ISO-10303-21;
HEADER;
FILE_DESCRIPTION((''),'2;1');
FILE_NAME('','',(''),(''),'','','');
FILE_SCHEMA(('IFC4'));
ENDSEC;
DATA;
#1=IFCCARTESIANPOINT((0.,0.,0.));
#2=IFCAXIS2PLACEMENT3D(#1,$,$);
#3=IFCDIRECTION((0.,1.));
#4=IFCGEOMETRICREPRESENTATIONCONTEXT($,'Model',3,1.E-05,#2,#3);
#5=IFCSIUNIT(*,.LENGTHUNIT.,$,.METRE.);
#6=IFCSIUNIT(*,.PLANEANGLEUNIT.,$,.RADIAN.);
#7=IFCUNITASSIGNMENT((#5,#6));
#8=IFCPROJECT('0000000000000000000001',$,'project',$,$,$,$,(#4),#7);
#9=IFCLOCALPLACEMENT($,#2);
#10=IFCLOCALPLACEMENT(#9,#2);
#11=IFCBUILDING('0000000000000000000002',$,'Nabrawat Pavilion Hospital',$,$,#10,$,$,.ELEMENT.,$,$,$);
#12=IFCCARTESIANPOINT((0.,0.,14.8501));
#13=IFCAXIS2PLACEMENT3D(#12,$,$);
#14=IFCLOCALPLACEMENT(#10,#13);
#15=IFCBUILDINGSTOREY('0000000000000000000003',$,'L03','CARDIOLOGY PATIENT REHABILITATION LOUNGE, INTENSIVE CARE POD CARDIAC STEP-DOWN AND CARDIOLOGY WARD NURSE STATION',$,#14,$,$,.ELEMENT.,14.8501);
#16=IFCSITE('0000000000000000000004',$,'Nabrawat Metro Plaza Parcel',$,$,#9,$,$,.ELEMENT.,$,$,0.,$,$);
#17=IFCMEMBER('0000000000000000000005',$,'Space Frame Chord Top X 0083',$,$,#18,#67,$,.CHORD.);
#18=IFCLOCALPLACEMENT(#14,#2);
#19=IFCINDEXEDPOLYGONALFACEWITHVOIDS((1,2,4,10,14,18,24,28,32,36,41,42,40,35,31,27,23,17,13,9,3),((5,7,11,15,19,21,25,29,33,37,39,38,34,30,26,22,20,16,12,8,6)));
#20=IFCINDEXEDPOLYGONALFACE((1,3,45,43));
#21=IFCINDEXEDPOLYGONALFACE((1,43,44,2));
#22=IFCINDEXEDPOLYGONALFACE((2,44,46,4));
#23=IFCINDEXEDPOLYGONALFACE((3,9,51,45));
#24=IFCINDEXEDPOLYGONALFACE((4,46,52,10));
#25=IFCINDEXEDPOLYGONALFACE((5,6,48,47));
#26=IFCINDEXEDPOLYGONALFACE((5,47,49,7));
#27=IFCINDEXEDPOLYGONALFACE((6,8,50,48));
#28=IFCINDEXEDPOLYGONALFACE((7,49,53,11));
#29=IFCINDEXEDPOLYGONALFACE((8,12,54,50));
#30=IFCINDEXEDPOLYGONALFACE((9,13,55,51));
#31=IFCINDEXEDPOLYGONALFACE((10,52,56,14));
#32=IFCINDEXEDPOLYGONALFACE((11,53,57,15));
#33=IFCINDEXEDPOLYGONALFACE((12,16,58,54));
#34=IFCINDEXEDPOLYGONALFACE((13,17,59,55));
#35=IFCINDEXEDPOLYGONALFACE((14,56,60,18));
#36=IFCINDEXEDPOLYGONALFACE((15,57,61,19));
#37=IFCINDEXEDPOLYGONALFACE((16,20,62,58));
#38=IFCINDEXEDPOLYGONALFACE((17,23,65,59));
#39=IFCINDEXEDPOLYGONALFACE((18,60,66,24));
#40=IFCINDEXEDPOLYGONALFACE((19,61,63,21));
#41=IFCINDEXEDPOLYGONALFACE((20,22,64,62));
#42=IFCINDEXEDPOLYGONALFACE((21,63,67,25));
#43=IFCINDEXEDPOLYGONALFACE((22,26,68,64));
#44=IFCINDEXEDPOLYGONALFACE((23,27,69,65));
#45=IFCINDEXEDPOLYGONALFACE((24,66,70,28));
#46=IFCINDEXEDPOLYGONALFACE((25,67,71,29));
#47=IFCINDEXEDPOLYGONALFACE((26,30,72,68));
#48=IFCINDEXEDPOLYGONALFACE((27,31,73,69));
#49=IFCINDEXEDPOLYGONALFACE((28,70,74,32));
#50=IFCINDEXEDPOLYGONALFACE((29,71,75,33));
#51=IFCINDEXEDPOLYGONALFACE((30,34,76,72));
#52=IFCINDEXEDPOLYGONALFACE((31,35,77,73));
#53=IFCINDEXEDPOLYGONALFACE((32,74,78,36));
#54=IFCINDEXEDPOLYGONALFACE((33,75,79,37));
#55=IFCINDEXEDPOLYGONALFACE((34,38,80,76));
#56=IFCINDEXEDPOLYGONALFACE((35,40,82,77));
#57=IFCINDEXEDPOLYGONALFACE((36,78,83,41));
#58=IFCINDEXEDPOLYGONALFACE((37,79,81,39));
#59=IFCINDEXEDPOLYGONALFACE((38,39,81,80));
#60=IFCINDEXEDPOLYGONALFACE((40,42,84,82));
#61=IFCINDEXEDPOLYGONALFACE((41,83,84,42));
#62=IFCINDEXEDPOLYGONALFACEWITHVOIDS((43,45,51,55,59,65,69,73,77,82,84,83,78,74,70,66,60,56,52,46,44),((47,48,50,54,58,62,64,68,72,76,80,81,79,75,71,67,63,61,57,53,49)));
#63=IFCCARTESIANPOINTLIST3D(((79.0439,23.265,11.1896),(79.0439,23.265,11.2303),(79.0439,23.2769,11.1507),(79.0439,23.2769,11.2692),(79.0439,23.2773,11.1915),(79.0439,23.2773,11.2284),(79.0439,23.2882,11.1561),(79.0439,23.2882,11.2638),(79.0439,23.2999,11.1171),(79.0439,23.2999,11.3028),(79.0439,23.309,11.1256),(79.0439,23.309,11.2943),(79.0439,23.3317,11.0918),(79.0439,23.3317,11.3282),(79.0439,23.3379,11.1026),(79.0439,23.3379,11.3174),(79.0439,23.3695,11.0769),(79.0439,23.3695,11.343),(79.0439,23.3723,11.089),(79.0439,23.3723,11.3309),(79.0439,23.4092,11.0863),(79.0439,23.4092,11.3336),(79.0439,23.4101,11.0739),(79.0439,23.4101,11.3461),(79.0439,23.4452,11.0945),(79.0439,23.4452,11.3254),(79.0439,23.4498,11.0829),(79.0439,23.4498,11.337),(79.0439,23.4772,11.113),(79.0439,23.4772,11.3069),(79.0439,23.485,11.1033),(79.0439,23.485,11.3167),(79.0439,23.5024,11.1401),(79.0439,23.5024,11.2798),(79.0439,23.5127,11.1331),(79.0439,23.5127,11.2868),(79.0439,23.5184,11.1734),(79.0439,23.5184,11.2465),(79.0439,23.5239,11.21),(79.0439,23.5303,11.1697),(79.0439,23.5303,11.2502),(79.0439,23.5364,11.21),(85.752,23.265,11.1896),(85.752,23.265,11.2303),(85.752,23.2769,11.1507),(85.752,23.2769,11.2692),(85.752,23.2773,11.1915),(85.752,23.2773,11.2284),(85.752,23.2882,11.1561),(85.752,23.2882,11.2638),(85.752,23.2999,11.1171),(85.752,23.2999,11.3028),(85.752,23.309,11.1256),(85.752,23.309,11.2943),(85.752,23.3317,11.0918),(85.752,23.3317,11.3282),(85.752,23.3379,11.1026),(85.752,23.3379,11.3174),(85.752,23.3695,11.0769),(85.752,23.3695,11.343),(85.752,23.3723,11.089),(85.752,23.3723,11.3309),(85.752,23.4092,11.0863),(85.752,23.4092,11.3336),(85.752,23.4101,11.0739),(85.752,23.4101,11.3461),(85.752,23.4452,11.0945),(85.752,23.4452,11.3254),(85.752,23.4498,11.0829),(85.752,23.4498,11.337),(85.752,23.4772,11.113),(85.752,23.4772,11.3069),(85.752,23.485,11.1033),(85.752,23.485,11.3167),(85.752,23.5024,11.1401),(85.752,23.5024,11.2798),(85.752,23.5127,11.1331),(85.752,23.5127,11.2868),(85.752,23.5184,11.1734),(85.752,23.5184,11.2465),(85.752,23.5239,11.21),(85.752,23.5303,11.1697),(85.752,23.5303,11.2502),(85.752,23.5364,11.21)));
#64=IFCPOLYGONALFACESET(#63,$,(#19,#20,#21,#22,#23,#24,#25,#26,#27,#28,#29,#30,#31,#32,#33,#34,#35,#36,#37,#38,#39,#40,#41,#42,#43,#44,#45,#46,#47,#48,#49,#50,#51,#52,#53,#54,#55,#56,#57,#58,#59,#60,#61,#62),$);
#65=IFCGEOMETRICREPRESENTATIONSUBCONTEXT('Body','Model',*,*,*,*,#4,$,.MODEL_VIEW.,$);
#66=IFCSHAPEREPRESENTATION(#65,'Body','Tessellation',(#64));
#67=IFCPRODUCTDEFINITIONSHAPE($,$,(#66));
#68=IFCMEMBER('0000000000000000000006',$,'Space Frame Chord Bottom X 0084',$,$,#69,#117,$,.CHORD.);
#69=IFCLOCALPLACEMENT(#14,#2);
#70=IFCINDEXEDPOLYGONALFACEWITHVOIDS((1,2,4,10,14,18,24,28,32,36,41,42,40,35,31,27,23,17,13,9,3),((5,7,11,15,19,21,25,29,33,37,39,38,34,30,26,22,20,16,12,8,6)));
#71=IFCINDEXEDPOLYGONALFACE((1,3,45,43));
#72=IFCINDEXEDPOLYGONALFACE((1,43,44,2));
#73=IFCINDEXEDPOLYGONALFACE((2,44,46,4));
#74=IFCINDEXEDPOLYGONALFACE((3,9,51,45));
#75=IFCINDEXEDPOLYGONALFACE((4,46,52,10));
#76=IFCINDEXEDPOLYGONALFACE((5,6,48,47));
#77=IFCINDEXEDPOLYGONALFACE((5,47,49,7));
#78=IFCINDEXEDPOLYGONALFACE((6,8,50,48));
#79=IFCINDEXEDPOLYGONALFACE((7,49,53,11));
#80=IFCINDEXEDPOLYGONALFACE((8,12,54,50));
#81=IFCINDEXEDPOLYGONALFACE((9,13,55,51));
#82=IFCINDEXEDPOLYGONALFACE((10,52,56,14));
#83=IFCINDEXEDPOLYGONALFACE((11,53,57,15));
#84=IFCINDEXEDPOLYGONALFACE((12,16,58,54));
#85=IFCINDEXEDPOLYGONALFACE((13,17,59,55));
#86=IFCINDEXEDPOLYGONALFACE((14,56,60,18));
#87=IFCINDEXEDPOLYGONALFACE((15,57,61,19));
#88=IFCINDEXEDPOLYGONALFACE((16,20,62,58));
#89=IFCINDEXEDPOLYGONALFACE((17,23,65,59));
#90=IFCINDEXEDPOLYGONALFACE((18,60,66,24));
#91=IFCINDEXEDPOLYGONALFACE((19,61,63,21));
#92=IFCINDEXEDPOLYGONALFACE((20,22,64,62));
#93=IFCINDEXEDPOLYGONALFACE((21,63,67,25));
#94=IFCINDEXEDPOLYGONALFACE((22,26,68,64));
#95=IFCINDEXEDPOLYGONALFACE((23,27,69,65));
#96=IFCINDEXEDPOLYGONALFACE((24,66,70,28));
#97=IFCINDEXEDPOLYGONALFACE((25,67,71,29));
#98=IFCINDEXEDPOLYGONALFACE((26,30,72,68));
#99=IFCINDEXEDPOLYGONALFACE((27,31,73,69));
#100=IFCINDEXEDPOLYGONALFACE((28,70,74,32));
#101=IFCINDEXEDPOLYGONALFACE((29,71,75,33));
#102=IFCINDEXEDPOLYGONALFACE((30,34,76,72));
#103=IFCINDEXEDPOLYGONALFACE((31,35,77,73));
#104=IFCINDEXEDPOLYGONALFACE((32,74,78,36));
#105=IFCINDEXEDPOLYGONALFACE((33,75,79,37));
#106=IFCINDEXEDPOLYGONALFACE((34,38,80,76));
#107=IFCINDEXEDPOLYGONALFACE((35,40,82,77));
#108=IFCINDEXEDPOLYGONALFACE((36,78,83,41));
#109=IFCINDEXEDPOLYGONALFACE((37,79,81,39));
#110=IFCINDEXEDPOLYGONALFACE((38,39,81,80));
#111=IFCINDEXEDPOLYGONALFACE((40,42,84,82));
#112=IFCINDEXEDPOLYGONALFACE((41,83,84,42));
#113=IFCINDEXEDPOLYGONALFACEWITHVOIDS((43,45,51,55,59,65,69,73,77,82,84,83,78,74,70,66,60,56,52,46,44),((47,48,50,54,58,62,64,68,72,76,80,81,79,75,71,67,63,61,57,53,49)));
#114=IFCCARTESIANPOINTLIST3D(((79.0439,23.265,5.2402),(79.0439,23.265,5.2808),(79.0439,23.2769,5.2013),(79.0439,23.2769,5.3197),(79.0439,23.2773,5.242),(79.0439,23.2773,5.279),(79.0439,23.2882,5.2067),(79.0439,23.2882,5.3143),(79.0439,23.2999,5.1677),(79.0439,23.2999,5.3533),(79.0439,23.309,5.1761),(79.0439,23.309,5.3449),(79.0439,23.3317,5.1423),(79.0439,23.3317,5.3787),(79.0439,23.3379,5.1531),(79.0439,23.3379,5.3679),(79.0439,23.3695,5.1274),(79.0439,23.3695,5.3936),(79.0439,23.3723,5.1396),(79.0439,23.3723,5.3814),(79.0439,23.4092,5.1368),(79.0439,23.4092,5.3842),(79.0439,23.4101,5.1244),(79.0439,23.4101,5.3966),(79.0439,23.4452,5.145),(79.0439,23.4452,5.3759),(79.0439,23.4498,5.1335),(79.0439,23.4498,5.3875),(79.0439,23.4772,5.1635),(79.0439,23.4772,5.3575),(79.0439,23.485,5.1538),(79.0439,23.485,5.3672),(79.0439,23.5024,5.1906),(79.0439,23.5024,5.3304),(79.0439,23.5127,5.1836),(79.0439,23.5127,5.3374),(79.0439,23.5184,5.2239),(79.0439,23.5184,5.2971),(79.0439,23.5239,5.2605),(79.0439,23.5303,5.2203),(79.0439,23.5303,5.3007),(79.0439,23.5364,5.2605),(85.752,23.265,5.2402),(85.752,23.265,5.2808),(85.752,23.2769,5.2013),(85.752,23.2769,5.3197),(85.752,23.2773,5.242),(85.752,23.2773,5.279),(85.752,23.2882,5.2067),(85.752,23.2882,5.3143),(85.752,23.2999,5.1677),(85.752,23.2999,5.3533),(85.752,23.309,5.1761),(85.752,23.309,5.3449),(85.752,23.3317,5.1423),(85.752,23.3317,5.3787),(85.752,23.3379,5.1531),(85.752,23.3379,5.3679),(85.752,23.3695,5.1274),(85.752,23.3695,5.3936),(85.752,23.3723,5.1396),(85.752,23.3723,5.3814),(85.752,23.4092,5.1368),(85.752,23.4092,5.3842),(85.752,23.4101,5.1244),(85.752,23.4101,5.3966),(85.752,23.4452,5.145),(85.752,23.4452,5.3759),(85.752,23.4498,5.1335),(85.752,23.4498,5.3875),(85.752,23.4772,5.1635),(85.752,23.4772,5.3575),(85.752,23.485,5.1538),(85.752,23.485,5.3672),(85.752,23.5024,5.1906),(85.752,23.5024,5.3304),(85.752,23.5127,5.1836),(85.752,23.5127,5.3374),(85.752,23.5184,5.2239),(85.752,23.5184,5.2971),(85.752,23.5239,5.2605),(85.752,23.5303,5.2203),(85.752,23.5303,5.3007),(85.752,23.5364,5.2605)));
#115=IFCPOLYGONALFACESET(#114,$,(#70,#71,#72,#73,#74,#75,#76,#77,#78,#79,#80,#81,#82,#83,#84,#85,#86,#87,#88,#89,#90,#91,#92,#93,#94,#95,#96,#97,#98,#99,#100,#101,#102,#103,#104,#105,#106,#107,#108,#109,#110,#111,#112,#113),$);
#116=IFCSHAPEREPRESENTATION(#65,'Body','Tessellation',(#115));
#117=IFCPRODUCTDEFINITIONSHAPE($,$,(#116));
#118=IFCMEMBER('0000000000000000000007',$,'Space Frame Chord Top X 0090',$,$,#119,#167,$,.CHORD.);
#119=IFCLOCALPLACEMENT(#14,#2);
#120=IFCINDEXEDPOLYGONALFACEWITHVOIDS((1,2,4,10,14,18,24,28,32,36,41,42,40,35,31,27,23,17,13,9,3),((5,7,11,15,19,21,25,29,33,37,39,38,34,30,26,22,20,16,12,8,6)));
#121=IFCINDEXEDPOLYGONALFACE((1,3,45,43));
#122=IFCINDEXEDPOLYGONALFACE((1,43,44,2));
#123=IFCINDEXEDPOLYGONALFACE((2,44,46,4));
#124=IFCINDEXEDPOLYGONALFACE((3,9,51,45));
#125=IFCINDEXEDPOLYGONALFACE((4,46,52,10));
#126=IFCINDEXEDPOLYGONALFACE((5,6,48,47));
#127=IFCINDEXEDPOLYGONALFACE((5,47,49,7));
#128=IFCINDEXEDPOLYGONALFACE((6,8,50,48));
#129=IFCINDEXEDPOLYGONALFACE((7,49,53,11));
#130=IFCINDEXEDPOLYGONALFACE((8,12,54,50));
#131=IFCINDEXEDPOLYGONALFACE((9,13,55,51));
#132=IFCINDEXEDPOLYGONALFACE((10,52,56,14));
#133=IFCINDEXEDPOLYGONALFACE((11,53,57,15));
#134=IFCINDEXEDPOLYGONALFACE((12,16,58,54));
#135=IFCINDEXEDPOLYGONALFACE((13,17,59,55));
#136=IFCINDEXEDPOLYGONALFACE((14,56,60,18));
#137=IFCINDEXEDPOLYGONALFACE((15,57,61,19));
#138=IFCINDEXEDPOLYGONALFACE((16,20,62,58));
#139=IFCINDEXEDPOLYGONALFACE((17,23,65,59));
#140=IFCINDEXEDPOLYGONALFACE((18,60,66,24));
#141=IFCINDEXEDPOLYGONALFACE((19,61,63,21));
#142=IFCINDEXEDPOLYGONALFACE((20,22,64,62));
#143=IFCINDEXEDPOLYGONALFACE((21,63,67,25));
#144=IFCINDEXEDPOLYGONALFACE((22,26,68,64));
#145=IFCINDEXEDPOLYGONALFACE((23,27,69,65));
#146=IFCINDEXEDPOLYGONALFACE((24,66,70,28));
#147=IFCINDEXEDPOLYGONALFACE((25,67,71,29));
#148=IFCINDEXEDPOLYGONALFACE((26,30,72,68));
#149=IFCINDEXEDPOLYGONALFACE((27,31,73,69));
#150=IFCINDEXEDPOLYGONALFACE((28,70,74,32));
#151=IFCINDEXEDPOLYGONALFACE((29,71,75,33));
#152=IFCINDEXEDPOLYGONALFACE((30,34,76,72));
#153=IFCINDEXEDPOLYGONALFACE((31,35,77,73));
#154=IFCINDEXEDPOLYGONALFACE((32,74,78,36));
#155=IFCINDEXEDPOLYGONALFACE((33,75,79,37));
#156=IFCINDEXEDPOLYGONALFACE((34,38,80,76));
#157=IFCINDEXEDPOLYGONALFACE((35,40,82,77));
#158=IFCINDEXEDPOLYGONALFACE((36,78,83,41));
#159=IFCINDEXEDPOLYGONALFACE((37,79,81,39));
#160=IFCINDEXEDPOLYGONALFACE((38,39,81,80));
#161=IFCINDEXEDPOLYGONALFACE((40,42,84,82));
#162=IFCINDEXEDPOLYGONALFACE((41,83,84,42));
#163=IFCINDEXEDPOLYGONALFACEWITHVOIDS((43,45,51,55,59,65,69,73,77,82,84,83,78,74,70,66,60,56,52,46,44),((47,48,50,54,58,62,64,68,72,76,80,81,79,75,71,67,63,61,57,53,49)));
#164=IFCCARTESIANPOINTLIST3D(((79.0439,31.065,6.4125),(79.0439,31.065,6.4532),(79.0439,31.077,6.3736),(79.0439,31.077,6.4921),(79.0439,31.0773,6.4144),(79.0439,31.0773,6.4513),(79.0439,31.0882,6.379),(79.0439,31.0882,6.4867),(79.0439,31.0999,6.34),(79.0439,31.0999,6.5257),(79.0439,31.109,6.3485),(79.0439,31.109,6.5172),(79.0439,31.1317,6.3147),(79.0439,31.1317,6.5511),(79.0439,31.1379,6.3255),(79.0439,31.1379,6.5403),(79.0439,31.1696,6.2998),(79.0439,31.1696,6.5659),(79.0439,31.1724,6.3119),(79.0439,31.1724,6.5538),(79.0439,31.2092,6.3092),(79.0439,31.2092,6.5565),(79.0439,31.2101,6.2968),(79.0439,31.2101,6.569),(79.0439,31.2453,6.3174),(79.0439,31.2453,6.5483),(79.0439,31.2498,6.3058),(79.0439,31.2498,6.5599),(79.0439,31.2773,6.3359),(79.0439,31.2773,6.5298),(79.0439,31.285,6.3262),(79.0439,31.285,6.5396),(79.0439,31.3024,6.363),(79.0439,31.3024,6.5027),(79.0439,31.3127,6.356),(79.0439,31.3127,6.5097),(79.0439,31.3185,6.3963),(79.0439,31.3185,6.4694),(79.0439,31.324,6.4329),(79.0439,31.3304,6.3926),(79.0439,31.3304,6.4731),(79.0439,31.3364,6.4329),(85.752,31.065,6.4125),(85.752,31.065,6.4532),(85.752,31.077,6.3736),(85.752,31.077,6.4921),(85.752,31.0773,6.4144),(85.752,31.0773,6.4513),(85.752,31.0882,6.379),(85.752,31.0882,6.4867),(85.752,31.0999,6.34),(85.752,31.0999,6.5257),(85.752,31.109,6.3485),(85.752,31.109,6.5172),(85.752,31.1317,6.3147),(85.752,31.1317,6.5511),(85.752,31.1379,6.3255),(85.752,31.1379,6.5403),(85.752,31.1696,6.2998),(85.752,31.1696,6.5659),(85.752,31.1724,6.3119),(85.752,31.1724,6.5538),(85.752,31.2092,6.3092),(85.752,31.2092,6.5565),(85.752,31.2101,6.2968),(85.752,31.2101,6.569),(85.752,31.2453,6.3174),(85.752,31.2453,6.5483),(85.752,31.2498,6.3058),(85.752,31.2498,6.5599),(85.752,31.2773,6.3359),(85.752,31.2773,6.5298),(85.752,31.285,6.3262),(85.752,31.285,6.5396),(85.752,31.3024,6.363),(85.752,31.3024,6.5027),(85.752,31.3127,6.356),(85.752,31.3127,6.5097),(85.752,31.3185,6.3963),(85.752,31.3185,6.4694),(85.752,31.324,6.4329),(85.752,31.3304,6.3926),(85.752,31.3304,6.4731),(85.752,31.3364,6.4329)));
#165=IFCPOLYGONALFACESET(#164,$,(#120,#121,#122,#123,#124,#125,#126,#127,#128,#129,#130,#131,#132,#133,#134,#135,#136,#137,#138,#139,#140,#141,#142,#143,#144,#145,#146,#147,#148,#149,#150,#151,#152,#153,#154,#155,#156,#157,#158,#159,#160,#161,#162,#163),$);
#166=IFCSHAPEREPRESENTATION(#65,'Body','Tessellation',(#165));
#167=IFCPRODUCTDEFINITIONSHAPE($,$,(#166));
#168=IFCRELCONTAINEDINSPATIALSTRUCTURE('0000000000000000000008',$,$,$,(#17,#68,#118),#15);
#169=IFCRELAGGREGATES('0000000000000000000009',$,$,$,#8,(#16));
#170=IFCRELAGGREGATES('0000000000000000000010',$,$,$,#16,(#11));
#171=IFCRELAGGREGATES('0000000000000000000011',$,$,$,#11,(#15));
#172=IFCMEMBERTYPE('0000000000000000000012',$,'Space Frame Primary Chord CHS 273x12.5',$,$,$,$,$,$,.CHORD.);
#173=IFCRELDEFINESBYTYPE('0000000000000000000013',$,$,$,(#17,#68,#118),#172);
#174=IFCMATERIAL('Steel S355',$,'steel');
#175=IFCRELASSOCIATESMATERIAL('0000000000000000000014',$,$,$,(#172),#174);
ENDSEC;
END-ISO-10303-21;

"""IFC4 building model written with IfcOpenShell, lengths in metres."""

from ifc_helpers import new_model, si_unit, direction, frame, origin, origin_2d, place, context, subcontext, project, spatial, hollow_circle, extrude, material, material_profile, profile_set, type_object, element, save


model = new_model("IFC4")

# Units and contexts
model_context = context("Model", 3, precision=1e-05, world=origin(), true_north=direction((0.0, 1.0)))
body_context = subcontext(model_context, "Body", "Model", "MODEL_VIEW")
ifc_project = project(units=[si_unit("LENGTHUNIT", "METRE"), si_unit("PLANEANGLEUNIT", "RADIAN")], contexts=[model_context])

# Site, building, storey
site_placement = place(None, origin())
site = spatial("IfcSite", under=ifc_project, at=site_placement, Name="Nabrawat Metro Plaza Parcel", CompositionType="ELEMENT", RefElevation=0.0)
building_placement = place(site_placement, origin())
building = spatial("IfcBuilding", under=site, at=building_placement, Name="Nabrawat Pavilion Hospital", CompositionType="ELEMENT")
storey_placement = place(building_placement, frame((0.0, 0.0, 14.8501)))
storey = spatial("IfcBuildingStorey", under=building, at=storey_placement, Name="L03", Description="CARDIOLOGY PATIENT REHABILITATION LOUNGE, INTENSIVE CARE POD CARDIAC STEP-DOWN AND CARDIOLOGY WARD NURSE STATION", CompositionType="ELEMENT", Elevation=14.8501)

# Members
ifc_material = material(Name="Steel S355", Category="steel")
ifc_material_profile_1 = material_profile(ifc_material, hollow_circle(Radius=0.1365, WallThickness=0.0125, at=origin_2d()), Name="CHS 273x12.5")
ifc_profile_set_1 = profile_set([ifc_material_profile_1], Name="Steel S355")
member_type_1 = type_object("IfcMemberType", Name="Space Frame Primary Chord CHS 273x12.5", PredefinedType="CHORD", material=ifc_profile_set_1)
for number, where, z_axis, x_axis, name in (
    (1, (79.0439, 23.3999, 11.21), (1.0, 0.0, 0.0), (0.0, 1.0, 0.0), "Space Frame Chord Top X 0083"),
    (2, (79.0439, 23.3999, 5.2605), (1.0, 0.0, 0.0), (0.0, 1.0, 0.0), "Space Frame Chord Bottom X 0084"),
    (3, (79.0439, 31.2, 6.4329), (1.0, 0.0, 0.0), (0.0, 1.0, 0.0), "Space Frame Chord Top X 0090"),
):
    element("IfcMember", number, at=place(storey_placement, frame(where, z_axis=z_axis, x_axis=x_axis)), inside=storey, type_object=member_type_1, Name=name, PredefinedType="CHORD", context=body_context, shape_type="SweptSolid", body=[
        extrude(hollow_circle(Radius=0.1365, WallThickness=0.0125, at=origin_2d()), origin(), (0.0, 0.0, 1.0), 6.708),
    ])

save(model, "model.ifc")
